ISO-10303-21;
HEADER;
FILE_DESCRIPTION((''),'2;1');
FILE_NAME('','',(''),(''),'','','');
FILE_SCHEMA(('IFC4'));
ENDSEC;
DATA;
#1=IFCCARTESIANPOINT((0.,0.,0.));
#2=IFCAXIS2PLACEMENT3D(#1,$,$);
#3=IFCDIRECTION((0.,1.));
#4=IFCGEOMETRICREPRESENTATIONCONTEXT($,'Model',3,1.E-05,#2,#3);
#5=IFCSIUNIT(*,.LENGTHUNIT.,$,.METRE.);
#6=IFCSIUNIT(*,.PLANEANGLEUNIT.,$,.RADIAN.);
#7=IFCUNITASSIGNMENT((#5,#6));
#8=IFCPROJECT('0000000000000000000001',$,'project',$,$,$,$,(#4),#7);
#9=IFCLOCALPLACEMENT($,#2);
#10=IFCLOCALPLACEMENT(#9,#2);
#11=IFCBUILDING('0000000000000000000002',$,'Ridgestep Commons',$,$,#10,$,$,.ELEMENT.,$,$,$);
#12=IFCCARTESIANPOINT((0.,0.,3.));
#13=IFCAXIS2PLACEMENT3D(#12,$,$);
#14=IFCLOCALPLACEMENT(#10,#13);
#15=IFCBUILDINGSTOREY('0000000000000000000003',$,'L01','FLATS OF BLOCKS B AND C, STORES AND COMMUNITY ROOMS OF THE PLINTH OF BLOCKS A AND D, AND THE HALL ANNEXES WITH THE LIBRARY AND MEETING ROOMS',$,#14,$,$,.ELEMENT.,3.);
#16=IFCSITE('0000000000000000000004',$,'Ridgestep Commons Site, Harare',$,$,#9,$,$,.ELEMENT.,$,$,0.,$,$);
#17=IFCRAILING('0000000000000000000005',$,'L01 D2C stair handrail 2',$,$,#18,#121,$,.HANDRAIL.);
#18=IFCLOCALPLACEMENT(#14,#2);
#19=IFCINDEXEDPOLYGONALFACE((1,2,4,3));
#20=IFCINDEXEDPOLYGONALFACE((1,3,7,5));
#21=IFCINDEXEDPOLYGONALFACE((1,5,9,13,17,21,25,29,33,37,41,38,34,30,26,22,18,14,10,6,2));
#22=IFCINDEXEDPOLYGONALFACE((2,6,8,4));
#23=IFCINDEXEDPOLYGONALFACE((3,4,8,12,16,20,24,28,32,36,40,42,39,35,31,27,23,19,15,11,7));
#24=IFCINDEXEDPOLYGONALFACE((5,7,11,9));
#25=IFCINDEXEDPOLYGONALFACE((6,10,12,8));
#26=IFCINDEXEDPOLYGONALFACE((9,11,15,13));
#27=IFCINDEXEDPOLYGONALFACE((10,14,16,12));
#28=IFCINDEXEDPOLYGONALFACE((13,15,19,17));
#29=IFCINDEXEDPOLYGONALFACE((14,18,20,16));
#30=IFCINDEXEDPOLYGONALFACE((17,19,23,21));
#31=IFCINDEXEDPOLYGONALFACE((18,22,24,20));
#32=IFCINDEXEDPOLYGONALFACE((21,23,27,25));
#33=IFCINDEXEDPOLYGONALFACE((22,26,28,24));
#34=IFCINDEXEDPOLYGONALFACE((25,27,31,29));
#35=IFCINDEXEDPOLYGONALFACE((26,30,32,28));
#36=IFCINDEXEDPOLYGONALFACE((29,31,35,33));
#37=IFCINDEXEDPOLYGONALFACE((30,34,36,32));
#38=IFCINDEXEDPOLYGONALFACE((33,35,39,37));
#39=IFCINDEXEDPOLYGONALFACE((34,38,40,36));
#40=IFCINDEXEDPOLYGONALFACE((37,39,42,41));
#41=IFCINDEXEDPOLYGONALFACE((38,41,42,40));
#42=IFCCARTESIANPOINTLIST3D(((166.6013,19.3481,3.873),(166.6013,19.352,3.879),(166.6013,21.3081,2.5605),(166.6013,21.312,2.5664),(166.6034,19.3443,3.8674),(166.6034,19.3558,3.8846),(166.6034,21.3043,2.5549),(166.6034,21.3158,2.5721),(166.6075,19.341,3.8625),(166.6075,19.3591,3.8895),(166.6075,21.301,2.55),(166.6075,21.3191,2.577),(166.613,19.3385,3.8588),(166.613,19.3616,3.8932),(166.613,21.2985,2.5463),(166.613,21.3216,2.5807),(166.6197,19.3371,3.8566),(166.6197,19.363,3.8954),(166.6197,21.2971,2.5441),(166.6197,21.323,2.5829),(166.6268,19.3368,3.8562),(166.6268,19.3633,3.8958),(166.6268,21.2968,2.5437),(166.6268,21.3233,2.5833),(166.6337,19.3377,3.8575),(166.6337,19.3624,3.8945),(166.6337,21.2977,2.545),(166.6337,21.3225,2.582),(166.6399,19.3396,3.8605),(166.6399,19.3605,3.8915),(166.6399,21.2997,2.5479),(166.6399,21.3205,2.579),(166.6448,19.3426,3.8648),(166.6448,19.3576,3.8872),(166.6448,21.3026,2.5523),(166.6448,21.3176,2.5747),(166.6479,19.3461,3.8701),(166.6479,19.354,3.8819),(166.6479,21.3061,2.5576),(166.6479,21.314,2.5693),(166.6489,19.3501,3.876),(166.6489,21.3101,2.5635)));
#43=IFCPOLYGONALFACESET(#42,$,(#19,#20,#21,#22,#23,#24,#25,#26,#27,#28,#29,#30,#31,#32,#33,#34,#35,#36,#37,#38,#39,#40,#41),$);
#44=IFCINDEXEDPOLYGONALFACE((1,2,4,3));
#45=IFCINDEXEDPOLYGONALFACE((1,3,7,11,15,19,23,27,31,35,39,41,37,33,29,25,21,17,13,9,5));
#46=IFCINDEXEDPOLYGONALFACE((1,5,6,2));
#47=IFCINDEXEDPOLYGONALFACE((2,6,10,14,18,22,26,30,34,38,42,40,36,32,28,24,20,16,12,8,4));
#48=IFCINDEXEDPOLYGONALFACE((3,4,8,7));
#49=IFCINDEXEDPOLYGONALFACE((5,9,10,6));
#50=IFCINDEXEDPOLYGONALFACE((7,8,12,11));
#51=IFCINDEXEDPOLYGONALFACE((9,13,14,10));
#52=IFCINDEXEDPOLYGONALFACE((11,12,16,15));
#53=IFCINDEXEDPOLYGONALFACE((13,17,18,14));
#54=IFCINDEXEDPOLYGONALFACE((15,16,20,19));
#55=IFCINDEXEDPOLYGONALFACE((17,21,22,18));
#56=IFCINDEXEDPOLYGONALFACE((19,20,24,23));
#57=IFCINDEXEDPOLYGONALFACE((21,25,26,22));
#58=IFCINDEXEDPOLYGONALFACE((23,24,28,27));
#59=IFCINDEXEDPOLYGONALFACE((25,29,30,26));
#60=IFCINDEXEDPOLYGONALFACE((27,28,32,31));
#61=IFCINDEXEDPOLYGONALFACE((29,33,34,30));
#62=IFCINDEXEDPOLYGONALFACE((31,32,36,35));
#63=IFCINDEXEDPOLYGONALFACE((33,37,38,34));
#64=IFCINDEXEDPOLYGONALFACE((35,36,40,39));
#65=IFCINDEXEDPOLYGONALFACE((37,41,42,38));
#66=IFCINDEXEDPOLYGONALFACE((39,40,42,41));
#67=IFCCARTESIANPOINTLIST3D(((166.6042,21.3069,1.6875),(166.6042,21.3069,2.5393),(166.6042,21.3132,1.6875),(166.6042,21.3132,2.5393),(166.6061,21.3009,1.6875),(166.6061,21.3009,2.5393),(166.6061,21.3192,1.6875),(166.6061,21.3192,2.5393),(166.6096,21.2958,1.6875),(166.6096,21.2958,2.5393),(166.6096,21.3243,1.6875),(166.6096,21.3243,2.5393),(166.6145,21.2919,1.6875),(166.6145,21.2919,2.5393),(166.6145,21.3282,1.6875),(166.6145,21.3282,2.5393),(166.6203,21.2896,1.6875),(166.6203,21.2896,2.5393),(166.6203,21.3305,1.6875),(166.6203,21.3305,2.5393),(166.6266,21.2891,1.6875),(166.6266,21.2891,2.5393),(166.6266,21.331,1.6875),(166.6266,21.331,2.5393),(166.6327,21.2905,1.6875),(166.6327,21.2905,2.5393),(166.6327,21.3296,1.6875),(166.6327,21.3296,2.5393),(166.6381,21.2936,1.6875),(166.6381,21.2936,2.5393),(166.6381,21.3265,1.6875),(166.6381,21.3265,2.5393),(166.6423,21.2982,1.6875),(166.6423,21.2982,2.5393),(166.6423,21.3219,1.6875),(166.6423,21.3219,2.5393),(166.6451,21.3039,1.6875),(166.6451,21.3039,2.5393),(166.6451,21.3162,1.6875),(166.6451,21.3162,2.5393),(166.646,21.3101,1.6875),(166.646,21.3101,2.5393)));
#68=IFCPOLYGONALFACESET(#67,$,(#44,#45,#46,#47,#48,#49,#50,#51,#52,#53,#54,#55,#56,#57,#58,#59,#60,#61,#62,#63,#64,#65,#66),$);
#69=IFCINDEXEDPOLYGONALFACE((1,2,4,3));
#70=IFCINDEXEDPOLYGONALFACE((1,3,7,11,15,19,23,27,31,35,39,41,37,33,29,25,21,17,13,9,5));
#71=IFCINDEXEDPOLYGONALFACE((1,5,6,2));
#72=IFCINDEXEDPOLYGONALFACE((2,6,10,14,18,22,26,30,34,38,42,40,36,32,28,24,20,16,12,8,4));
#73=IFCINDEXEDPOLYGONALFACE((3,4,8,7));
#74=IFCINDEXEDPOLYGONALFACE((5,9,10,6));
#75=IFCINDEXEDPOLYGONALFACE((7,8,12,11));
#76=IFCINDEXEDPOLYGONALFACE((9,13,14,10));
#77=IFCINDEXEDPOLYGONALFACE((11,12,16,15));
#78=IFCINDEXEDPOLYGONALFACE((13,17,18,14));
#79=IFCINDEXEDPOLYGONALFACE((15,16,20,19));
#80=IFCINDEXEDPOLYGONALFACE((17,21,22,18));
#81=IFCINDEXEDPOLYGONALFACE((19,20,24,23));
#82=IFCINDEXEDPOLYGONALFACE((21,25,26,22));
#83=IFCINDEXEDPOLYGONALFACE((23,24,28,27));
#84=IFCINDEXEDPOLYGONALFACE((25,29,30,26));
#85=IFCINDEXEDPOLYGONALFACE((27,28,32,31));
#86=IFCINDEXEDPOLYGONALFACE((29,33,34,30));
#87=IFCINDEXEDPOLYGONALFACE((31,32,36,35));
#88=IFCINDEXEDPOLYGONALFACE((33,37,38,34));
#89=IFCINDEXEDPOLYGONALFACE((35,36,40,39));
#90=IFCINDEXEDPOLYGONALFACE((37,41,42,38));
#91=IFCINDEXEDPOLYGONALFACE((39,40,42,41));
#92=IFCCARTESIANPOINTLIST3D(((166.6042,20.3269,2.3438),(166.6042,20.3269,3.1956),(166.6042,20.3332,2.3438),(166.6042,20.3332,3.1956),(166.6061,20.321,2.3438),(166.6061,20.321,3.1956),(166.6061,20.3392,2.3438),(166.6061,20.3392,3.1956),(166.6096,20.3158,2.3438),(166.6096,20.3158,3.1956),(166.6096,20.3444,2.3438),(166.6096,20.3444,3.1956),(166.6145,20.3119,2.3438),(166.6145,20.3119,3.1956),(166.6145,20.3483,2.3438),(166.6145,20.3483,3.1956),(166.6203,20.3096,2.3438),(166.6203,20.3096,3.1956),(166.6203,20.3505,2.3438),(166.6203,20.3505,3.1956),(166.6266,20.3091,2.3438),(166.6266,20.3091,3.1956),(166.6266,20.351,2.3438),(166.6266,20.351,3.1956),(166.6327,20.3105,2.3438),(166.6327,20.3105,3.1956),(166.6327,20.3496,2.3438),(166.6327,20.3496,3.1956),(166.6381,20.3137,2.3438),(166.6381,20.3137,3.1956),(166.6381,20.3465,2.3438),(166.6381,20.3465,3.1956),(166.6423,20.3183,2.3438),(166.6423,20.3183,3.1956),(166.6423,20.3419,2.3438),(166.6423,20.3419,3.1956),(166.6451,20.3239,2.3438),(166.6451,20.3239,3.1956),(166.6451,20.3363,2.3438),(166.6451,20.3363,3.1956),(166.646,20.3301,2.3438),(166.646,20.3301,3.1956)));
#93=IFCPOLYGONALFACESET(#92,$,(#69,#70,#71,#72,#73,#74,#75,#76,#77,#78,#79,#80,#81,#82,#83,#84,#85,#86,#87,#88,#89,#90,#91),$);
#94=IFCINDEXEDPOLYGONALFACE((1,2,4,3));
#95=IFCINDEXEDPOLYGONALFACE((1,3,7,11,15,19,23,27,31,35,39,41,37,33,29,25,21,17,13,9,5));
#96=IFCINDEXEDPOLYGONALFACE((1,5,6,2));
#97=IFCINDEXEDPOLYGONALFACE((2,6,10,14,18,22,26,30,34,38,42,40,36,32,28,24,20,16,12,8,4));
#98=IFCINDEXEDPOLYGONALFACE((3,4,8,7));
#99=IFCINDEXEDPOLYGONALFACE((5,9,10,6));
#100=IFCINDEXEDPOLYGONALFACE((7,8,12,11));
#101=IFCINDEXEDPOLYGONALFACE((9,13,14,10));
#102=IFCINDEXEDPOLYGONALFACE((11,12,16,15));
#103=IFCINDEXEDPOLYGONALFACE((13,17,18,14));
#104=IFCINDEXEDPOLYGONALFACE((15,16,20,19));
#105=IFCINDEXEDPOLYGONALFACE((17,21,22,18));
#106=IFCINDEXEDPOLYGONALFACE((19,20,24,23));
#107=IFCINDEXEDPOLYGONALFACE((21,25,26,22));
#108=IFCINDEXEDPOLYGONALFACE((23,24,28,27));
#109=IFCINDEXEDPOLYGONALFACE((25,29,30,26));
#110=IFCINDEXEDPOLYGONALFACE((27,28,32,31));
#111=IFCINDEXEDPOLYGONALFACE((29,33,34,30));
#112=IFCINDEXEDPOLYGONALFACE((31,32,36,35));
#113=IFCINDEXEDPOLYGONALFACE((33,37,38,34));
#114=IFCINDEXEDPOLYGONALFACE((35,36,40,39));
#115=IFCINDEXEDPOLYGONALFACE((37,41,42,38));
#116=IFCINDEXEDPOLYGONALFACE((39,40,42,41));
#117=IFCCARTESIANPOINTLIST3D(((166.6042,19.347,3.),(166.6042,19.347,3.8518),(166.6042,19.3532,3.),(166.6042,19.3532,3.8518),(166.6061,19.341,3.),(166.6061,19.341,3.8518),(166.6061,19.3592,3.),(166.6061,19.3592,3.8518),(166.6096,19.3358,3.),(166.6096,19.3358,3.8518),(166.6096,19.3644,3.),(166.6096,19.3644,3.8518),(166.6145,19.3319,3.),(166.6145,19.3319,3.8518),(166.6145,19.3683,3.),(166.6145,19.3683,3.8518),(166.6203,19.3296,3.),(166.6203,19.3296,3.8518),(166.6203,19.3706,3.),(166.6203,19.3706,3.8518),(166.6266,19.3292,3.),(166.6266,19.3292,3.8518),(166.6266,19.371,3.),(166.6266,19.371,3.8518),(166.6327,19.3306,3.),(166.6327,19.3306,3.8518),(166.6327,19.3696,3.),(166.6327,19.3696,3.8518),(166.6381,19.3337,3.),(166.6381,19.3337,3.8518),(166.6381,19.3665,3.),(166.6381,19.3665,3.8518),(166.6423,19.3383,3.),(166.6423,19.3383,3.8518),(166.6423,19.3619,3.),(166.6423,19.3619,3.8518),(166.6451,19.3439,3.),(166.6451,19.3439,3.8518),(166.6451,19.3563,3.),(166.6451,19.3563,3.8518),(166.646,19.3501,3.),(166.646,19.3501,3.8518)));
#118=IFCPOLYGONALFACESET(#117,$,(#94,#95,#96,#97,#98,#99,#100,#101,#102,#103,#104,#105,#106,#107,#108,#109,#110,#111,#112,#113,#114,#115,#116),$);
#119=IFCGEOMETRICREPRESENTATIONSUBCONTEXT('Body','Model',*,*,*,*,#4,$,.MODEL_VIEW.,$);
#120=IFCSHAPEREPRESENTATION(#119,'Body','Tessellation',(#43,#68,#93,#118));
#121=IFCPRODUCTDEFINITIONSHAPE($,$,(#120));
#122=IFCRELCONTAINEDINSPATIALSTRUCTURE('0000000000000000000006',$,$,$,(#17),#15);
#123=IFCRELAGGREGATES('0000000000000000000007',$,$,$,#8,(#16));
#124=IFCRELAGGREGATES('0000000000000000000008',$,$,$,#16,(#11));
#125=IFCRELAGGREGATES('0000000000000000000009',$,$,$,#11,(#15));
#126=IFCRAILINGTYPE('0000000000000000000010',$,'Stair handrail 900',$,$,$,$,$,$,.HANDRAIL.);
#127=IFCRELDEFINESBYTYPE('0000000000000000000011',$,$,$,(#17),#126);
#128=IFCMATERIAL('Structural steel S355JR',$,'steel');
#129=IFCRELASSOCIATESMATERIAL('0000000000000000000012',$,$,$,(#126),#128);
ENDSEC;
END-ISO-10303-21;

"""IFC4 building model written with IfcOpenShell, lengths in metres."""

from ifc_helpers import new_model, si_unit, direction, frame, origin, origin_2d, place, context, subcontext, project, spatial, circle, extrude, material, type_object, element, save


model = new_model("IFC4")

# Units and contexts
model_context = context("Model", 3, precision=1e-05, world=origin(), true_north=direction((0.0, 1.0)))
body_context = subcontext(model_context, "Body", "Model", "MODEL_VIEW")
ifc_project = project(units=[si_unit("LENGTHUNIT", "METRE"), si_unit("PLANEANGLEUNIT", "RADIAN")], contexts=[model_context])

# Site, building, storey
site_placement = place(None, origin())
site = spatial("IfcSite", under=ifc_project, at=site_placement, Name="Ridgestep Commons Site, Harare", CompositionType="ELEMENT", RefElevation=0.0)
building_placement = place(site_placement, origin())
building = spatial("IfcBuilding", under=site, at=building_placement, Name="Ridgestep Commons", CompositionType="ELEMENT")
storey_placement = place(building_placement, frame((0.0, 0.0, 3.0)))
storey = spatial("IfcBuildingStorey", under=building, at=storey_placement, Name="L01", Description="FLATS OF BLOCKS B AND C, STORES AND COMMUNITY ROOMS OF THE PLINTH OF BLOCKS A AND D, AND THE HALL ANNEXES WITH THE LIBRARY AND MEETING ROOMS", CompositionType="ELEMENT", Elevation=3.0)

# Railing
ifc_material_1 = material(Name="Structural steel S355JR", Category="steel")
railing_type_1 = type_object("IfcRailingType", Name="Stair handrail 900", PredefinedType="HANDRAIL", material=ifc_material_1)
railing_1_placement = place(storey_placement, frame((166.625, 21.3101, 1.6875)))
element("IfcRailing", 1, at=railing_1_placement, inside=storey, type_object=railing_type_1, Name="L01 D2C stair handrail 2", PredefinedType="HANDRAIL", context=body_context, shape_type="SweptSolid", body=[
    extrude(circle(Radius=0.0239, at=origin_2d()), frame((0.0, 0.0, 0.876), z_axis=(0.0, -0.830902, 0.556419), x_axis=(1.0, 0.0, 0.0)), (0.0, 0.0, 1.0), 2.3589),
    extrude(circle(Radius=0.021, at=origin_2d()), origin(), (0.0, 0.0, 1.0), 0.8518),
    extrude(circle(Radius=0.021, at=origin_2d()), frame((0.0, -0.98, 0.6562)), (0.0, 0.0, 1.0), 0.8518),
    extrude(circle(Radius=0.021, at=origin_2d()), frame((0.0, -1.96, 1.3125)), (0.0, 0.0, 1.0), 0.8518),
])

save(model, "model.ifc")
